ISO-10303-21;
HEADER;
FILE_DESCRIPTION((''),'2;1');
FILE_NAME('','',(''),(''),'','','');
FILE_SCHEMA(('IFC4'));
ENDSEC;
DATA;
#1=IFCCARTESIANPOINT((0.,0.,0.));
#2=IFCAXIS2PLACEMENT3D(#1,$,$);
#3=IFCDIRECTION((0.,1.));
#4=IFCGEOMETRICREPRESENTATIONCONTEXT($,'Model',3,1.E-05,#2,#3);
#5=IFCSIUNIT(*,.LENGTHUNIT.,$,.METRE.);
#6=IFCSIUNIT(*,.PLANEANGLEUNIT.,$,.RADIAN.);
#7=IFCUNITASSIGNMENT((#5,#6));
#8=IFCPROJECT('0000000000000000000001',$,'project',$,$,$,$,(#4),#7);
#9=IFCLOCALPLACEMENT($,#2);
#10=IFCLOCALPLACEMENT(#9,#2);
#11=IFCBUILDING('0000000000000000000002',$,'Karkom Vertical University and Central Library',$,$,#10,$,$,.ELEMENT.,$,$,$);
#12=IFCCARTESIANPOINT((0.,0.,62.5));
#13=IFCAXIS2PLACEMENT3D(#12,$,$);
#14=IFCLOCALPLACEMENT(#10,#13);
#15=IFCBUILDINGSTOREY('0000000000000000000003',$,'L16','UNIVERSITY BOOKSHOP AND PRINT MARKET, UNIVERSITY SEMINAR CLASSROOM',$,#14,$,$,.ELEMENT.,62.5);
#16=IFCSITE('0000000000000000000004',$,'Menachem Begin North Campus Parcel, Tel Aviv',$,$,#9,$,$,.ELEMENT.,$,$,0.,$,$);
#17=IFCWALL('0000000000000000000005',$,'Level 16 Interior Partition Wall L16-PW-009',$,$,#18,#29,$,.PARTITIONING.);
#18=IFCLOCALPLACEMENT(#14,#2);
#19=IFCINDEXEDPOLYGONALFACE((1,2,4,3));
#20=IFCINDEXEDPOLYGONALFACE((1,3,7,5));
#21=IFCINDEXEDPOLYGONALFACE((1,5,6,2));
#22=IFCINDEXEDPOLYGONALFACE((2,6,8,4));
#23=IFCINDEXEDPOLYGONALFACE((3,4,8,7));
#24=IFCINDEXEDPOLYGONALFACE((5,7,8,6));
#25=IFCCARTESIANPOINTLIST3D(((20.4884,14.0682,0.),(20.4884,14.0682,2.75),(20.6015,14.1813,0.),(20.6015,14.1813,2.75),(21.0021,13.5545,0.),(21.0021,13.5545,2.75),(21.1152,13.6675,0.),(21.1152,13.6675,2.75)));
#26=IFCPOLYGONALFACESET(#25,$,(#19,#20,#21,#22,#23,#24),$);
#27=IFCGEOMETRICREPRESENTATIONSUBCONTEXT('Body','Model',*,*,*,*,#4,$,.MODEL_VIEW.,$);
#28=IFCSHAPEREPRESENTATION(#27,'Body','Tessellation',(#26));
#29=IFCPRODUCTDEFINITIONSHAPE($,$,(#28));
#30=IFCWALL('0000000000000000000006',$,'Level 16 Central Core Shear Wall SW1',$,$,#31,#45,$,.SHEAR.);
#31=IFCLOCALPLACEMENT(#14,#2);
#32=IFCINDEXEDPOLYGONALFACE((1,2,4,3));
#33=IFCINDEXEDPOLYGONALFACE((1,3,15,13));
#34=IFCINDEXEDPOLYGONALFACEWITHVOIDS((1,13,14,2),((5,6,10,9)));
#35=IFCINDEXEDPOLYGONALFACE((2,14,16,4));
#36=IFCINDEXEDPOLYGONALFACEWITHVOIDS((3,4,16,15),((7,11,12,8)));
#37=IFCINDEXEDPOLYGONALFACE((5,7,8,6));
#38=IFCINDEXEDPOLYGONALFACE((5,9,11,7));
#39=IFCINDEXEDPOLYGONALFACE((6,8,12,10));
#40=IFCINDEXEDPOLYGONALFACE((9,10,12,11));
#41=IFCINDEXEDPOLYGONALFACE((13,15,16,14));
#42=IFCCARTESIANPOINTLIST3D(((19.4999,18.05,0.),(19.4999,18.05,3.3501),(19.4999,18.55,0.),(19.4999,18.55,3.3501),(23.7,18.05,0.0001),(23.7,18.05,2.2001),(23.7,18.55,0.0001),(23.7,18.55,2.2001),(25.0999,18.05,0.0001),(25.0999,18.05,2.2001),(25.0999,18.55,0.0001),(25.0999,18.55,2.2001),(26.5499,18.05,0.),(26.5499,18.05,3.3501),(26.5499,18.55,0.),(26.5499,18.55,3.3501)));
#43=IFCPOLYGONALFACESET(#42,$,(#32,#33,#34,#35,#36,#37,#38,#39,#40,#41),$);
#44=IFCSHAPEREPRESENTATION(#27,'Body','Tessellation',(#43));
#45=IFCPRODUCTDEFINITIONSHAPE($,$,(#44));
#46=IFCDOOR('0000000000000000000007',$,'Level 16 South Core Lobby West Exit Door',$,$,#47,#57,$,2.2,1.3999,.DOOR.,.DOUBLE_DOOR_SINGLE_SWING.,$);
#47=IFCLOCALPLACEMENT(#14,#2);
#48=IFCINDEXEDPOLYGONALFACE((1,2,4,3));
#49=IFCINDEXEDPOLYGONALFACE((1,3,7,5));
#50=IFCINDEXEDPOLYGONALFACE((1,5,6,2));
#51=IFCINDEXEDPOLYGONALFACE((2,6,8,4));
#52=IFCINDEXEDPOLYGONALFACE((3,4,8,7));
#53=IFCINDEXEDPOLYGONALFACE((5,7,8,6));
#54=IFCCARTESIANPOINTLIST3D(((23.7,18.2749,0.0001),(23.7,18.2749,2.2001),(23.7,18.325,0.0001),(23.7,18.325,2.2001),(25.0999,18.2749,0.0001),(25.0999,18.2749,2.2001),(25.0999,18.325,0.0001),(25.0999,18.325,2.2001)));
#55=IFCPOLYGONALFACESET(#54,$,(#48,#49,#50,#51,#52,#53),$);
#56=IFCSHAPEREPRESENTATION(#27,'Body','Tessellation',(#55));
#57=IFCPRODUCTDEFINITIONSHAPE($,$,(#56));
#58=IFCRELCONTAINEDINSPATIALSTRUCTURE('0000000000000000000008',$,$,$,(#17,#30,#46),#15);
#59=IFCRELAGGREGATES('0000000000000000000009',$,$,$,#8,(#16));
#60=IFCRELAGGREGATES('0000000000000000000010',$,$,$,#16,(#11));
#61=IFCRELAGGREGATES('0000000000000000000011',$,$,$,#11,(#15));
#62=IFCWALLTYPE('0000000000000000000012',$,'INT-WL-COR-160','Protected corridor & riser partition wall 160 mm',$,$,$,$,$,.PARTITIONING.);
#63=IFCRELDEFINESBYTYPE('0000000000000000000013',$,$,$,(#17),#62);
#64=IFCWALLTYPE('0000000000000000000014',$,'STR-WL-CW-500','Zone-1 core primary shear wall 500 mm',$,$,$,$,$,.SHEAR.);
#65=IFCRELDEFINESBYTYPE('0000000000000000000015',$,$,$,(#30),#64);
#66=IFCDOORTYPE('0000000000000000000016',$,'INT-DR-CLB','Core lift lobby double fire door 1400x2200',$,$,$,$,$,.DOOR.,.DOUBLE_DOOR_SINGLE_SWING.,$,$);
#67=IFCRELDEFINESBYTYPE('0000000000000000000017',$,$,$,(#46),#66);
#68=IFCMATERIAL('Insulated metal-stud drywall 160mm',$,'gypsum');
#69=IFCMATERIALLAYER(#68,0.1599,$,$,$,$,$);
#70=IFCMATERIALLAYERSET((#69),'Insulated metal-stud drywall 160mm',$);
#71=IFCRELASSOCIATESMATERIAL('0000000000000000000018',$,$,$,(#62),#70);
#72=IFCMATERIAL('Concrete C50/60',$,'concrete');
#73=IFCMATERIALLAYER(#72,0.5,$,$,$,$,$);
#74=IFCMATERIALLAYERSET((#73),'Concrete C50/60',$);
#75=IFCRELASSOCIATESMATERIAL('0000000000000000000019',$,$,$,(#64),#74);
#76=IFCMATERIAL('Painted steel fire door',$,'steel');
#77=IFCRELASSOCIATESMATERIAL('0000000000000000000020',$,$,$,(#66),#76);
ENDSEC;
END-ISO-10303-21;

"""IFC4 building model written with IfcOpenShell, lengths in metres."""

from ifc_helpers import new_model, si_unit, direction, frame, frame_2d, origin, origin_with_axes, place, context, subcontext, project, spatial, rectangle, extrude, source, transform, mapped, material, layer, layer_set, type_object, element, fill, save


model = new_model("IFC4")

# Units and contexts
model_context = context("Model", 3, precision=1e-05, world=origin(), true_north=direction((0.0, 1.0)))
body_context = subcontext(model_context, "Body", "Model", "MODEL_VIEW")
ifc_project = project(units=[si_unit("LENGTHUNIT", "METRE"), si_unit("PLANEANGLEUNIT", "RADIAN")], contexts=[model_context])

# Site, building, storey
site_placement = place(None, origin())
site = spatial("IfcSite", under=ifc_project, at=site_placement, Name="Menachem Begin North Campus Parcel, Tel Aviv", CompositionType="ELEMENT", RefElevation=0.0)
building_placement = place(site_placement, origin())
building = spatial("IfcBuilding", under=site, at=building_placement, Name="Karkom Vertical University and Central Library", CompositionType="ELEMENT")
storey_placement = place(building_placement, frame((0.0, 0.0, 62.5)))
storey = spatial("IfcBuildingStorey", under=building, at=storey_placement, Name="L16", Description="UNIVERSITY BOOKSHOP AND PRINT MARKET, UNIVERSITY SEMINAR CLASSROOM", CompositionType="ELEMENT", Elevation=62.5)

# Shared definitions
ifc_material_1 = material(Name="Concrete C50/60", Category="concrete")

# Shared definitions
ifc_material_2 = material(Name="Insulated metal-stud drywall 160mm", Category="gypsum")
ifc_layer_1 = layer(ifc_material_2, 0.1599)
ifc_layer_set_1 = layer_set([ifc_layer_1], Name="Insulated metal-stud drywall 160mm")
wall_type_1 = type_object("IfcWallType", Name="INT-WL-COR-160", Description="Protected corridor & riser partition wall 160 mm", PredefinedType="PARTITIONING", material=ifc_layer_set_1)

# Wall
wall_1_placement = place(storey_placement, frame((20.5449, 14.1248, 0.0), z_axis=(0.0, 0.0, 1.0), x_axis=(0.707107, -0.707107, 0.0)))
element("IfcWall", 1, at=wall_1_placement, inside=storey, type_object=wall_type_1, Name="Level 16 Interior Partition Wall L16-PW-009", PredefinedType="PARTITIONING", context=body_context, shape_type="SweptSolid", body=[
    extrude(rectangle(XDim=0.7266, YDim=0.1599, at=frame_2d((0.3633, 0.0))), origin(), (0.0, 0.0, 1.0), 2.75),
])

# Wall, opening, door
ifc_layer_2 = layer(ifc_material_1, 0.5)
ifc_layer_set_2 = layer_set([ifc_layer_2], Name="Concrete C50/60")
wall_type_2 = type_object("IfcWallType", Name="STR-WL-CW-500", Description="Zone-1 core primary shear wall 500 mm", PredefinedType="SHEAR", material=ifc_layer_set_2)
wall_2_placement = place(storey_placement, frame((19.5, 18.3, 0.0), z_axis=(0.0, 0.0, 1.0), x_axis=(1.0, 0.0, 0.0)))
wall_2 = element("IfcWall", 2, at=wall_2_placement, inside=storey, type_object=wall_type_2, Name="Level 16 Central Core Shear Wall SW1", PredefinedType="SHEAR", context=body_context, shape_type="SweptSolid", body=[
    extrude(rectangle(XDim=7.05, YDim=0.5, at=frame_2d((3.5249, 0.0))), origin(), (0.0, 0.0, 1.0), 3.3501),
])
opening_1_placement = place(wall_2_placement, frame((4.2, 0.0, 0.0)))
opening_1 = element("IfcOpeningElement", 3, at=opening_1_placement, cuts=wall_2, PredefinedType="OPENING", context=body_context, shape_type="SweptSolid", body=[
    extrude(rectangle(XDim=1.3999, YDim=2.2, at=frame_2d((0.7, 1.1001))), frame((0.0, 0.26, 0.0), z_axis=(0.0, -1.0, 0.0), x_axis=(1.0, 0.0, 0.0)), (0.0, 0.0, 1.0), 0.52),
])
ifc_material_3 = material(Name="Painted steel fire door", Category="steel")
door_type_1 = type_object("IfcDoorType", Name="INT-DR-CLB", Description="Core lift lobby double fire door 1400x2200", OperationType="DOUBLE_DOOR_SINGLE_SWING", PredefinedType="DOOR", material=ifc_material_3)
shared_shape_1 = source(origin_with_axes(), body_context, "Body", "SweptSolid", [
    extrude(rectangle(XDim=1.3999, YDim=2.2, at=frame_2d((0.7, 1.1001))), frame((0.0, 0.0249, 0.0), z_axis=(0.0, -1.0, 0.0), x_axis=(1.0, 0.0, 0.0)), (0.0, 0.0, 1.0), 0.05),
])
door_1_placement = place(opening_1_placement, origin())
door_1 = element("IfcDoor", 4, at=door_1_placement, inside=storey, type_object=door_type_1, Name="Level 16 South Core Lobby West Exit Door", OperationType="DOUBLE_DOOR_SINGLE_SWING", OverallHeight=2.2, OverallWidth=1.3999, PredefinedType="DOOR", context=body_context, shape_type="MappedRepresentation", body=[
    mapped(shared_shape_1, transform((0.0, 0.0, 0.0), scale=1.0)),
])
fill(opening_1, door_1)

save(model, "model.ifc")
